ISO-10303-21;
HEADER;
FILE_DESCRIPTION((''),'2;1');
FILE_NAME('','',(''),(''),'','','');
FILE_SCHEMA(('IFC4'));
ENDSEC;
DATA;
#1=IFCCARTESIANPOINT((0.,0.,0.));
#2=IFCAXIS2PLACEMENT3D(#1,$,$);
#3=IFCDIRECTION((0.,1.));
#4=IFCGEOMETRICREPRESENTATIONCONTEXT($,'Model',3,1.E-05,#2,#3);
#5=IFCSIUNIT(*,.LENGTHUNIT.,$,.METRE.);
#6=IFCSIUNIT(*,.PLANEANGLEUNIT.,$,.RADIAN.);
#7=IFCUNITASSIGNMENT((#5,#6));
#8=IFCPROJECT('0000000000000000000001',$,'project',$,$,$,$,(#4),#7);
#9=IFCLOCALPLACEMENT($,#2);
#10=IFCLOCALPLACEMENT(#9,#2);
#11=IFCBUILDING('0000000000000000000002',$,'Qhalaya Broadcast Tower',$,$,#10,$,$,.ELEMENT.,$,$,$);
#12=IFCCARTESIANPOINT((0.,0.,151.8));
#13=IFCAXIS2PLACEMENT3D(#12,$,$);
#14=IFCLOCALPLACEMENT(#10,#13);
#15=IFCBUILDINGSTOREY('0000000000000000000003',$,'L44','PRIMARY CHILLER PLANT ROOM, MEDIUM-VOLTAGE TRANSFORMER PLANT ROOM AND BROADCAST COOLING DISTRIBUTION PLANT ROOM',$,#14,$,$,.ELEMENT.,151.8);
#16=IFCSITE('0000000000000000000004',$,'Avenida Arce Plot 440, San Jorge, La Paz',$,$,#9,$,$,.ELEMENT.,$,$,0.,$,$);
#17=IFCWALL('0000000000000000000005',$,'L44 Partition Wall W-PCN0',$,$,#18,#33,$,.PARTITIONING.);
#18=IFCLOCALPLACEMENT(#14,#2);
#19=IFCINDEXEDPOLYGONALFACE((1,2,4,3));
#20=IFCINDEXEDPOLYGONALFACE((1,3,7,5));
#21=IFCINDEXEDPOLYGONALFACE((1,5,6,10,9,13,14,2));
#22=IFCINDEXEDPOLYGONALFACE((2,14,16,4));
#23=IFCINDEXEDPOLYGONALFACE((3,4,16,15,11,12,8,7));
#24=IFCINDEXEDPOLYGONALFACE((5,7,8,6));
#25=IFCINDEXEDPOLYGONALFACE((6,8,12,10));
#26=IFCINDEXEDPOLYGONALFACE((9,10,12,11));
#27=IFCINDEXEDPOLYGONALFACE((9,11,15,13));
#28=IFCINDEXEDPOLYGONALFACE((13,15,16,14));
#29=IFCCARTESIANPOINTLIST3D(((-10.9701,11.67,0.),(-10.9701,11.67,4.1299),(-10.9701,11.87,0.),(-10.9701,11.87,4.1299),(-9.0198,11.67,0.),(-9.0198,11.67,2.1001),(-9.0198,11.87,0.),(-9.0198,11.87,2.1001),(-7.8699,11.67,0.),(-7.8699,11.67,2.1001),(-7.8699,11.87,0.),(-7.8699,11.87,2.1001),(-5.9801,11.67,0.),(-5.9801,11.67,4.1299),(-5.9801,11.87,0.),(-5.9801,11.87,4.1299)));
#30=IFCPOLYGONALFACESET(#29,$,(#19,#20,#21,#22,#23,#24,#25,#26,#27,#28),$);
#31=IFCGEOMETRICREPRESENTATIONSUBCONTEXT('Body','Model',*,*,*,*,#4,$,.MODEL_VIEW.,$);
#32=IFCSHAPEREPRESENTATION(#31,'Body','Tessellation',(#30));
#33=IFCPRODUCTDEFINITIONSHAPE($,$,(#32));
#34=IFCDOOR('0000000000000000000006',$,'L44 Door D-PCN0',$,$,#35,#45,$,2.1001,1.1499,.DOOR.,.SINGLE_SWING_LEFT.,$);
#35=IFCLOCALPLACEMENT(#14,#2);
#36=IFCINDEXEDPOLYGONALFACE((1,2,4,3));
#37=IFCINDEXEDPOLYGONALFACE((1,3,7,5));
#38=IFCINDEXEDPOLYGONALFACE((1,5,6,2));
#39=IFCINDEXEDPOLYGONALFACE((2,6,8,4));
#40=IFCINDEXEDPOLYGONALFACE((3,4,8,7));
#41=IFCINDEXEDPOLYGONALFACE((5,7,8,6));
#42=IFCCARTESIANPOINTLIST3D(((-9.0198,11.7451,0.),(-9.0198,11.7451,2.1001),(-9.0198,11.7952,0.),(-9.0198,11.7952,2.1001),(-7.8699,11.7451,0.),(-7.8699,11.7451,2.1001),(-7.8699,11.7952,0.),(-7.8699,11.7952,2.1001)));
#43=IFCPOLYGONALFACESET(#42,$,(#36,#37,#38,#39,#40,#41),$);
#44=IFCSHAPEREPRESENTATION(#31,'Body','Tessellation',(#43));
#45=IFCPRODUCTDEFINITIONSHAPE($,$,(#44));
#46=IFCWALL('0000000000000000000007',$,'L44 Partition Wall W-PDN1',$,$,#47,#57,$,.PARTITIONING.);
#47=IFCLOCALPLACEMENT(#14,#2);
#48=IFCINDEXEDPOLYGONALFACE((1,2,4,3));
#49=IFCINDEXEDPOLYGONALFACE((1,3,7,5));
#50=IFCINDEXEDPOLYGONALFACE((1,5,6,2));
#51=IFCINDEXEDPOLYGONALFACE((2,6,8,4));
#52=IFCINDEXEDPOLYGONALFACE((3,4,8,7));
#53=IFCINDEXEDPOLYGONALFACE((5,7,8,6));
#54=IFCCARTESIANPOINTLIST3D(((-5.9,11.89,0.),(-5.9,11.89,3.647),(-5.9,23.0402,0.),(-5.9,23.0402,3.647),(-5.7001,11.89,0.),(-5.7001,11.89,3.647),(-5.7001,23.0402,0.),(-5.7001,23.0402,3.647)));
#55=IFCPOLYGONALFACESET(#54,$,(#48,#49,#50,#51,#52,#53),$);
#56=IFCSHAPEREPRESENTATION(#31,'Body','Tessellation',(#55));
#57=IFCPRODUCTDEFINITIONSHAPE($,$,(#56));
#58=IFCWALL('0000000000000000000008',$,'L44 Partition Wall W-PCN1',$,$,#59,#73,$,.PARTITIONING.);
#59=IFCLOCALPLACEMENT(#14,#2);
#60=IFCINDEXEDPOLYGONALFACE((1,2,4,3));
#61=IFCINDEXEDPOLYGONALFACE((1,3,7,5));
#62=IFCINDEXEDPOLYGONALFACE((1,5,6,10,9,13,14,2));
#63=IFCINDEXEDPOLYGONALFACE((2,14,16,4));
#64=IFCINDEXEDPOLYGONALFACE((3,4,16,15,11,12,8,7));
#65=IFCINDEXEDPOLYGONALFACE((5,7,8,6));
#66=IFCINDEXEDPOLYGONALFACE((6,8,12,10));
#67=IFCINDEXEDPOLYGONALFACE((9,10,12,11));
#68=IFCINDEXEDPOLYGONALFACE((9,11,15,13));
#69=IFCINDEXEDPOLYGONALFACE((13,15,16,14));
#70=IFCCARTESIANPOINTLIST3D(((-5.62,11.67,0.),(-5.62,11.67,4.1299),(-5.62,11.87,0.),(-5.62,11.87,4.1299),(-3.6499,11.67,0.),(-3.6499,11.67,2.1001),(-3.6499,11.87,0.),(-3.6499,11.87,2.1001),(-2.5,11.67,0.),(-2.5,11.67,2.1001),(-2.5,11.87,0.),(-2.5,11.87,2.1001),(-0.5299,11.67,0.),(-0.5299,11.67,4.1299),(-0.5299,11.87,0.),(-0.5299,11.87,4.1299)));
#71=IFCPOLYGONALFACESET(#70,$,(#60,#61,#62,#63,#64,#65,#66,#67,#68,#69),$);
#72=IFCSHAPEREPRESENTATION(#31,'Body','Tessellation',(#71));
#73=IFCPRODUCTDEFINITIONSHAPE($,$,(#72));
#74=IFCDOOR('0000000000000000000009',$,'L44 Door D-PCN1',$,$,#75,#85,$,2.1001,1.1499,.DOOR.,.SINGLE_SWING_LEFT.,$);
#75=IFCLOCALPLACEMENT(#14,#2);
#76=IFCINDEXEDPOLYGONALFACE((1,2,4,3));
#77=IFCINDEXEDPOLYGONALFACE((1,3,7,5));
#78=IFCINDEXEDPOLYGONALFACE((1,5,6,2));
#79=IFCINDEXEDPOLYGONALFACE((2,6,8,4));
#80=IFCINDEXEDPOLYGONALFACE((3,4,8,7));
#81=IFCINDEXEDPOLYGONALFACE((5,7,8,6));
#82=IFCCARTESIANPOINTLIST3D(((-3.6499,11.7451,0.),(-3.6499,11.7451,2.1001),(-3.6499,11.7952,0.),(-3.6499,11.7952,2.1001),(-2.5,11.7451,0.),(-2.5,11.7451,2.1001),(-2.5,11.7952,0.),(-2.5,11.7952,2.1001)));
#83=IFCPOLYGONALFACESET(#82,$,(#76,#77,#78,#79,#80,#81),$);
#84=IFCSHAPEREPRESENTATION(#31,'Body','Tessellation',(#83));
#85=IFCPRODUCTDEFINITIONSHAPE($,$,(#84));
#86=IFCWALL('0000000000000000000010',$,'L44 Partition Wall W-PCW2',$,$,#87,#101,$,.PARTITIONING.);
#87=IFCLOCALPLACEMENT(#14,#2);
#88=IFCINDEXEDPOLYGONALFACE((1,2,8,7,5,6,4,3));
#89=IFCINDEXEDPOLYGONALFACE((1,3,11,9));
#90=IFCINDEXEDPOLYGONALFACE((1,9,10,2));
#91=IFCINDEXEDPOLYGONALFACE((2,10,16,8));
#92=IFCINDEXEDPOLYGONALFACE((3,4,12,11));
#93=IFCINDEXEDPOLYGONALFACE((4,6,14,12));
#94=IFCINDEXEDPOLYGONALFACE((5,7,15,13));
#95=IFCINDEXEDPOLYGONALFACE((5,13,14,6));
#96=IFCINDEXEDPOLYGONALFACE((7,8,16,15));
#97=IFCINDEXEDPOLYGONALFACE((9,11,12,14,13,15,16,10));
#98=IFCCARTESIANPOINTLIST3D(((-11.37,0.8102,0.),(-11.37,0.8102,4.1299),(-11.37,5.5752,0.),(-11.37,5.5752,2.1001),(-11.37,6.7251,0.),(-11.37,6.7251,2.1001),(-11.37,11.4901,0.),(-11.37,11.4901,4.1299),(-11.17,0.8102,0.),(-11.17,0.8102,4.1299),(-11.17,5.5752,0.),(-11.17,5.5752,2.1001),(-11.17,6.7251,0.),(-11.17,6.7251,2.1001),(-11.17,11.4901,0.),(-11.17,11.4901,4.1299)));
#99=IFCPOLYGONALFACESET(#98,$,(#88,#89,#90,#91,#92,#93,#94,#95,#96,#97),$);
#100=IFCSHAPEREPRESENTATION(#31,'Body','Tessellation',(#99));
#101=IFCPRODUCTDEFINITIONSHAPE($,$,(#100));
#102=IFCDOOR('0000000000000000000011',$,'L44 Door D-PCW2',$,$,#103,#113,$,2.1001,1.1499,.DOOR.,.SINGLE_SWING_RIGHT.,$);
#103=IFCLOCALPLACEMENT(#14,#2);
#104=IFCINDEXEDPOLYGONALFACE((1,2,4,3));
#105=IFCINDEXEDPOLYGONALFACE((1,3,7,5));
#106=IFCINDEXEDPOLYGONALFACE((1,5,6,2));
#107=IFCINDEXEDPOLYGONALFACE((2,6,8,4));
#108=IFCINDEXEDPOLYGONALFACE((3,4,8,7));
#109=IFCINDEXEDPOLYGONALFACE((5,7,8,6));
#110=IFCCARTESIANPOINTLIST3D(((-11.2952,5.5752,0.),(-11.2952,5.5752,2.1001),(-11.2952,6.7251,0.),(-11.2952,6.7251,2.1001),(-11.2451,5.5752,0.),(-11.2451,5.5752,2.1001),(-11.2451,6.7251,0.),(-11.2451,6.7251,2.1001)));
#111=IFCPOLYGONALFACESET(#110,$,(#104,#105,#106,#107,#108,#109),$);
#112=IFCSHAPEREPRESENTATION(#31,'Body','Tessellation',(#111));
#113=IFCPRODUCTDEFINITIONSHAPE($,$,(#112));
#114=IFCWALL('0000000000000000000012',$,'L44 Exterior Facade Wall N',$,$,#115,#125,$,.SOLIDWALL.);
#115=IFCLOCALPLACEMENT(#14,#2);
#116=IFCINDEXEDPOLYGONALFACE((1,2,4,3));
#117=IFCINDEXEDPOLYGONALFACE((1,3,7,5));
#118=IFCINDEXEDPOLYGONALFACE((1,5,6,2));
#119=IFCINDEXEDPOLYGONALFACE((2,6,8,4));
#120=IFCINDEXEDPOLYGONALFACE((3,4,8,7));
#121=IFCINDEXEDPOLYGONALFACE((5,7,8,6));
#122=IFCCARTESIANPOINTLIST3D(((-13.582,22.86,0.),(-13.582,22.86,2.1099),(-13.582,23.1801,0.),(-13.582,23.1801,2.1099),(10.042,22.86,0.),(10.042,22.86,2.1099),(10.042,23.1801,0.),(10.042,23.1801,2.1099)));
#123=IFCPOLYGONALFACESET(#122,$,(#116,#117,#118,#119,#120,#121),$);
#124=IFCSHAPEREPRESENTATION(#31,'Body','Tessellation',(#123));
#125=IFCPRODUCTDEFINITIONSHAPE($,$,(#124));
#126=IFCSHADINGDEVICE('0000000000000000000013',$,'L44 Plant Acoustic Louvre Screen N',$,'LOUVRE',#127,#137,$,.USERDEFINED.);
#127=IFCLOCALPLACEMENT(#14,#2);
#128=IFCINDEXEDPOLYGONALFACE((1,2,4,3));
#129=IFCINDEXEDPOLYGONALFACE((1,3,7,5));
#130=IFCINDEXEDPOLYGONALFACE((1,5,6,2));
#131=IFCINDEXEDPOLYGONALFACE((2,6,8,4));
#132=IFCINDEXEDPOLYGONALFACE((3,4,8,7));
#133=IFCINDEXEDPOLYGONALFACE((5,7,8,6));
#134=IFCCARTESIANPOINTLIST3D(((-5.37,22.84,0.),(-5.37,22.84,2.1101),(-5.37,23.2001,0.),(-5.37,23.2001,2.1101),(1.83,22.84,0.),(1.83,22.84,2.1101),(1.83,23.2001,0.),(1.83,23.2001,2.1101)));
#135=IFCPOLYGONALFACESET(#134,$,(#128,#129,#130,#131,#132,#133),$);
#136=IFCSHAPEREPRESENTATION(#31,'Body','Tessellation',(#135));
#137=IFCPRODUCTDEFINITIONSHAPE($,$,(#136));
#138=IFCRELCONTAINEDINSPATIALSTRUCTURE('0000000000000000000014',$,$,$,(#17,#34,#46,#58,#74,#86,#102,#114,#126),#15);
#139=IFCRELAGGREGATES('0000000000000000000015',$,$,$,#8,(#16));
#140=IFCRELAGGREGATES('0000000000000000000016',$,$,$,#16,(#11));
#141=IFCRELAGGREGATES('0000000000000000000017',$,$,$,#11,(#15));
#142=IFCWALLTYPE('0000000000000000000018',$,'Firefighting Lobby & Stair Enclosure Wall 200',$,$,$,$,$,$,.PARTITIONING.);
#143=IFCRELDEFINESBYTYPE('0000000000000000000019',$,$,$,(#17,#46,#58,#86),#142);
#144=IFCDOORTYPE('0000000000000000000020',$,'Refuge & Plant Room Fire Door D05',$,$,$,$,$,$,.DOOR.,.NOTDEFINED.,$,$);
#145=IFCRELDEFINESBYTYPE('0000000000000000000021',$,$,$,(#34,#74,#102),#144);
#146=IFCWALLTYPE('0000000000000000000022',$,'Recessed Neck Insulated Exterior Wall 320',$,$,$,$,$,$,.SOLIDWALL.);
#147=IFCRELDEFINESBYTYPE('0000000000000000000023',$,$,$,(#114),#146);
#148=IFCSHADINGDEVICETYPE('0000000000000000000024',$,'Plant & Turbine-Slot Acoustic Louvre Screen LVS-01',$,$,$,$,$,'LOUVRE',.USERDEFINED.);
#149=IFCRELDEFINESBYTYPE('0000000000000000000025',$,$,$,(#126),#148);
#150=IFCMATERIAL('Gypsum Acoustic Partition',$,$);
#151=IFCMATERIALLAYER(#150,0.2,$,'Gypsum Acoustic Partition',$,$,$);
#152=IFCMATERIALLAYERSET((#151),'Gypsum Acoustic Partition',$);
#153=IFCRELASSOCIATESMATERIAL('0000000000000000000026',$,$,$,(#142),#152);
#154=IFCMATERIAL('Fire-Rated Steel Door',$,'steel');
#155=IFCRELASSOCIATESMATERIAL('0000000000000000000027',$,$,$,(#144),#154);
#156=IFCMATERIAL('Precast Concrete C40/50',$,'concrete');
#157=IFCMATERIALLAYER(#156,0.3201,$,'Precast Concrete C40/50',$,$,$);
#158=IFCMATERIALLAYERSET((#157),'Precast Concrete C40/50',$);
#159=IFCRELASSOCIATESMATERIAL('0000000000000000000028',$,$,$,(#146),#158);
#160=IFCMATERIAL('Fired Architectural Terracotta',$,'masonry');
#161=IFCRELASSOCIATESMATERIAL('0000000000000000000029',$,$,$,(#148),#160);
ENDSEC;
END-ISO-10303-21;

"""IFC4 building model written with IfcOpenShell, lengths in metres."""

from ifc_helpers import new_model, si_unit, direction, frame, frame_2d, origin, origin_2d, place, context, subcontext, project, spatial, rectangle, extrude, material, layer, layer_set, type_object, element, fill, save


model = new_model("IFC4")

# Units and contexts
model_context = context("Model", 3, precision=1e-05, world=origin(), true_north=direction((0.0, 1.0)))
body_context = subcontext(model_context, "Body", "Model", "MODEL_VIEW")
ifc_project = project(units=[si_unit("LENGTHUNIT", "METRE"), si_unit("PLANEANGLEUNIT", "RADIAN")], contexts=[model_context])

# Site, building, storey
site_placement = place(None, origin())
site = spatial("IfcSite", under=ifc_project, at=site_placement, Name="Avenida Arce Plot 440, San Jorge, La Paz", CompositionType="ELEMENT", RefElevation=0.0)
building_placement = place(site_placement, origin())
building = spatial("IfcBuilding", under=site, at=building_placement, Name="Qhalaya Broadcast Tower", CompositionType="ELEMENT")
storey_placement = place(building_placement, frame((0.0, 0.0, 151.8)))
storey = spatial("IfcBuildingStorey", under=building, at=storey_placement, Name="L44", Description="PRIMARY CHILLER PLANT ROOM, MEDIUM-VOLTAGE TRANSFORMER PLANT ROOM AND BROADCAST COOLING DISTRIBUTION PLANT ROOM", CompositionType="ELEMENT", Elevation=151.8)

# Wall, opening, door
ifc_material_1 = material(Name="Gypsum Acoustic Partition")
ifc_layer_1 = layer(ifc_material_1, 0.2, Name="Gypsum Acoustic Partition")
ifc_layer_set_1 = layer_set([ifc_layer_1], Name="Gypsum Acoustic Partition")
wall_type_1 = type_object("IfcWallType", Name="Firefighting Lobby & Stair Enclosure Wall 200", PredefinedType="PARTITIONING", material=ifc_layer_set_1)
wall_1_placement = place(storey_placement, frame((-5.98, 11.77, 0.0), z_axis=(0.0, 0.0, 1.0), x_axis=(-1.0, 0.0, 0.0)))
wall_1 = element("IfcWall", 1, at=wall_1_placement, inside=storey, type_object=wall_type_1, Name="L44 Partition Wall W-PCN0", PredefinedType="PARTITIONING", context=body_context, shape_type="SweptSolid", body=[
    extrude(rectangle(XDim=4.99, YDim=0.2, at=frame_2d((2.4951, 0.0))), origin(), (0.0, 0.0, 1.0), 4.1299),
])
opening_1_placement = place(wall_1_placement, frame((1.8899, 0.0, 0.0)))
opening_1 = element("IfcOpeningElement", 2, at=opening_1_placement, cuts=wall_1, PredefinedType="OPENING", context=body_context, shape_type="SweptSolid", body=[
    extrude(rectangle(XDim=1.1499, YDim=2.1001, at=frame_2d((0.575, 1.05))), frame((0.0, 0.1121, 0.0), z_axis=(0.0, -1.0, 0.0), x_axis=(1.0, 0.0, 0.0)), (0.0, 0.0, 1.0), 0.2239),
])
ifc_material_2 = material(Name="Fire-Rated Steel Door", Category="steel")
door_type = type_object("IfcDoorType", Name="Refuge & Plant Room Fire Door D05", OperationType="NOTDEFINED", PredefinedType="DOOR", material=ifc_material_2)
door_1_placement = place(opening_1_placement, origin())
door_1 = element("IfcDoor", 3, at=door_1_placement, inside=storey, type_object=door_type, Name="L44 Door D-PCN0", OperationType="SINGLE_SWING_LEFT", OverallHeight=2.1001, OverallWidth=1.1499, PredefinedType="DOOR", context=body_context, shape_type="SweptSolid", body=[
    extrude(rectangle(XDim=1.1499, YDim=2.1001, at=frame_2d((0.575, 1.05))), frame((0.0, 0.0249, 0.0), z_axis=(0.0, -1.0, 0.0), x_axis=(1.0, 0.0, 0.0)), (0.0, 0.0, 1.0), 0.05),
])
fill(opening_1, door_1)

# Wall
wall_2_placement = place(storey_placement, frame((-5.8, 11.8899, 0.0), z_axis=(0.0, 0.0, 1.0), x_axis=(0.0, 1.0, 0.0)))
element("IfcWall", 4, at=wall_2_placement, inside=storey, type_object=wall_type_1, Name="L44 Partition Wall W-PDN1", PredefinedType="PARTITIONING", context=body_context, shape_type="SweptSolid", body=[
    extrude(rectangle(XDim=11.1501, YDim=0.2, at=frame_2d((5.5752, 0.0))), origin(), (0.0, 0.0, 1.0), 3.647),
])

# Walls, openings, doors
wall_3_placement = place(storey_placement, frame((-0.53, 11.77, 0.0), z_axis=(0.0, 0.0, 1.0), x_axis=(-1.0, 0.0, 0.0)))
wall_3 = element("IfcWall", 5, at=wall_3_placement, inside=storey, type_object=wall_type_1, Name="L44 Partition Wall W-PCN1", PredefinedType="PARTITIONING", context=body_context, shape_type="SweptSolid", body=[
    extrude(rectangle(XDim=5.0901, YDim=0.2, at=frame_2d((2.5449, 0.0))), origin(), (0.0, 0.0, 1.0), 4.1299),
])
opening_2_placement = place(wall_3_placement, frame((1.97, 0.0, 0.0)))
opening_2 = element("IfcOpeningElement", 6, at=opening_2_placement, cuts=wall_3, PredefinedType="OPENING", context=body_context, shape_type="SweptSolid", body=[
    extrude(rectangle(XDim=1.1499, YDim=2.1001, at=frame_2d((0.575, 1.05))), frame((0.0, 0.1121, 0.0), z_axis=(0.0, -1.0, 0.0), x_axis=(1.0, 0.0, 0.0)), (0.0, 0.0, 1.0), 0.2239),
])
door_2_placement = place(opening_2_placement, origin())
door_2 = element("IfcDoor", 7, at=door_2_placement, inside=storey, type_object=door_type, Name="L44 Door D-PCN1", OperationType="SINGLE_SWING_LEFT", OverallHeight=2.1001, OverallWidth=1.1499, PredefinedType="DOOR", context=body_context, shape_type="SweptSolid", body=[
    extrude(rectangle(XDim=1.1499, YDim=2.1001, at=frame_2d((0.575, 1.05))), frame((0.0, 0.0249, 0.0), z_axis=(0.0, -1.0, 0.0), x_axis=(1.0, 0.0, 0.0)), (0.0, 0.0, 1.0), 0.05),
])
fill(opening_2, door_2)
wall_4_placement = place(storey_placement, frame((-11.27, 11.49, 0.0), z_axis=(0.0, 0.0, 1.0), x_axis=(0.0, -1.0, 0.0)))
wall_4 = element("IfcWall", 8, at=wall_4_placement, inside=storey, type_object=wall_type_1, Name="L44 Partition Wall W-PCW2", PredefinedType="PARTITIONING", context=body_context, shape_type="SweptSolid", body=[
    extrude(rectangle(XDim=10.6799, YDim=0.2, at=frame_2d((5.3398, 0.0))), origin(), (0.0, 0.0, 1.0), 4.1299),
])
opening_3_placement = place(wall_4_placement, frame((4.7649, 0.0, 0.0)))
opening_3 = element("IfcOpeningElement", 9, at=opening_3_placement, cuts=wall_4, PredefinedType="OPENING", context=body_context, shape_type="SweptSolid", body=[
    extrude(rectangle(XDim=1.1499, YDim=2.1001, at=frame_2d((0.575, 1.05))), frame((0.0, 0.1121, 0.0), z_axis=(0.0, -1.0, 0.0), x_axis=(1.0, 0.0, 0.0)), (0.0, 0.0, 1.0), 0.2239),
])
door_3_placement = place(opening_3_placement, origin())
door_3 = element("IfcDoor", 10, at=door_3_placement, inside=storey, type_object=door_type, Name="L44 Door D-PCW2", OperationType="SINGLE_SWING_RIGHT", OverallHeight=2.1001, OverallWidth=1.1499, PredefinedType="DOOR", context=body_context, shape_type="SweptSolid", body=[
    extrude(rectangle(XDim=1.1499, YDim=2.1001, at=frame_2d((0.575, 1.05))), frame((0.0, 0.0249, 0.0), z_axis=(0.0, -1.0, 0.0), x_axis=(1.0, 0.0, 0.0)), (0.0, 0.0, 1.0), 0.05),
])
fill(opening_3, door_3)

# Wall
ifc_material_3 = material(Name="Precast Concrete C40/50", Category="concrete")
ifc_layer_2 = layer(ifc_material_3, 0.3201, Name="Precast Concrete C40/50")
ifc_layer_set_2 = layer_set([ifc_layer_2], Name="Precast Concrete C40/50")
wall_type_2 = type_object("IfcWallType", Name="Recessed Neck Insulated Exterior Wall 320", PredefinedType="SOLIDWALL", material=ifc_layer_set_2)
wall_5_placement = place(storey_placement, frame((-13.582, 23.02, 0.0), z_axis=(0.0, 0.0, 1.0), x_axis=(1.0, 0.0, 0.0)))
element("IfcWall", 11, at=wall_5_placement, inside=storey, type_object=wall_type_2, Name="L44 Exterior Facade Wall N", PredefinedType="SOLIDWALL", context=body_context, shape_type="SweptSolid", body=[
    extrude(rectangle(XDim=23.624, YDim=0.3201, at=frame_2d((11.812, 0.0))), origin(), (0.0, 0.0, 1.0), 2.1099),
])

# Shading device
ifc_material_4 = material(Name="Fired Architectural Terracotta", Category="masonry")
shading_device_type = type_object("IfcShadingDeviceType", Name="Plant & Turbine-Slot Acoustic Louvre Screen LVS-01", ElementType="LOUVRE", PredefinedType="USERDEFINED", material=ifc_material_4)
shading_device_placement = place(storey_placement, frame((-1.77, 23.02, 0.0), z_axis=(0.0, 0.0, 1.0), x_axis=(1.0, 0.0, 0.0)))
element("IfcShadingDevice", 12, at=shading_device_placement, inside=storey, type_object=shading_device_type, Name="L44 Plant Acoustic Louvre Screen N", ObjectType="LOUVRE", PredefinedType="USERDEFINED", context=body_context, shape_type="SweptSolid", body=[
    extrude(rectangle(XDim=7.2, YDim=0.3601, at=origin_2d()), origin(), (0.0, 0.0, 1.0), 2.1101),
])

save(model, "model.ifc")
